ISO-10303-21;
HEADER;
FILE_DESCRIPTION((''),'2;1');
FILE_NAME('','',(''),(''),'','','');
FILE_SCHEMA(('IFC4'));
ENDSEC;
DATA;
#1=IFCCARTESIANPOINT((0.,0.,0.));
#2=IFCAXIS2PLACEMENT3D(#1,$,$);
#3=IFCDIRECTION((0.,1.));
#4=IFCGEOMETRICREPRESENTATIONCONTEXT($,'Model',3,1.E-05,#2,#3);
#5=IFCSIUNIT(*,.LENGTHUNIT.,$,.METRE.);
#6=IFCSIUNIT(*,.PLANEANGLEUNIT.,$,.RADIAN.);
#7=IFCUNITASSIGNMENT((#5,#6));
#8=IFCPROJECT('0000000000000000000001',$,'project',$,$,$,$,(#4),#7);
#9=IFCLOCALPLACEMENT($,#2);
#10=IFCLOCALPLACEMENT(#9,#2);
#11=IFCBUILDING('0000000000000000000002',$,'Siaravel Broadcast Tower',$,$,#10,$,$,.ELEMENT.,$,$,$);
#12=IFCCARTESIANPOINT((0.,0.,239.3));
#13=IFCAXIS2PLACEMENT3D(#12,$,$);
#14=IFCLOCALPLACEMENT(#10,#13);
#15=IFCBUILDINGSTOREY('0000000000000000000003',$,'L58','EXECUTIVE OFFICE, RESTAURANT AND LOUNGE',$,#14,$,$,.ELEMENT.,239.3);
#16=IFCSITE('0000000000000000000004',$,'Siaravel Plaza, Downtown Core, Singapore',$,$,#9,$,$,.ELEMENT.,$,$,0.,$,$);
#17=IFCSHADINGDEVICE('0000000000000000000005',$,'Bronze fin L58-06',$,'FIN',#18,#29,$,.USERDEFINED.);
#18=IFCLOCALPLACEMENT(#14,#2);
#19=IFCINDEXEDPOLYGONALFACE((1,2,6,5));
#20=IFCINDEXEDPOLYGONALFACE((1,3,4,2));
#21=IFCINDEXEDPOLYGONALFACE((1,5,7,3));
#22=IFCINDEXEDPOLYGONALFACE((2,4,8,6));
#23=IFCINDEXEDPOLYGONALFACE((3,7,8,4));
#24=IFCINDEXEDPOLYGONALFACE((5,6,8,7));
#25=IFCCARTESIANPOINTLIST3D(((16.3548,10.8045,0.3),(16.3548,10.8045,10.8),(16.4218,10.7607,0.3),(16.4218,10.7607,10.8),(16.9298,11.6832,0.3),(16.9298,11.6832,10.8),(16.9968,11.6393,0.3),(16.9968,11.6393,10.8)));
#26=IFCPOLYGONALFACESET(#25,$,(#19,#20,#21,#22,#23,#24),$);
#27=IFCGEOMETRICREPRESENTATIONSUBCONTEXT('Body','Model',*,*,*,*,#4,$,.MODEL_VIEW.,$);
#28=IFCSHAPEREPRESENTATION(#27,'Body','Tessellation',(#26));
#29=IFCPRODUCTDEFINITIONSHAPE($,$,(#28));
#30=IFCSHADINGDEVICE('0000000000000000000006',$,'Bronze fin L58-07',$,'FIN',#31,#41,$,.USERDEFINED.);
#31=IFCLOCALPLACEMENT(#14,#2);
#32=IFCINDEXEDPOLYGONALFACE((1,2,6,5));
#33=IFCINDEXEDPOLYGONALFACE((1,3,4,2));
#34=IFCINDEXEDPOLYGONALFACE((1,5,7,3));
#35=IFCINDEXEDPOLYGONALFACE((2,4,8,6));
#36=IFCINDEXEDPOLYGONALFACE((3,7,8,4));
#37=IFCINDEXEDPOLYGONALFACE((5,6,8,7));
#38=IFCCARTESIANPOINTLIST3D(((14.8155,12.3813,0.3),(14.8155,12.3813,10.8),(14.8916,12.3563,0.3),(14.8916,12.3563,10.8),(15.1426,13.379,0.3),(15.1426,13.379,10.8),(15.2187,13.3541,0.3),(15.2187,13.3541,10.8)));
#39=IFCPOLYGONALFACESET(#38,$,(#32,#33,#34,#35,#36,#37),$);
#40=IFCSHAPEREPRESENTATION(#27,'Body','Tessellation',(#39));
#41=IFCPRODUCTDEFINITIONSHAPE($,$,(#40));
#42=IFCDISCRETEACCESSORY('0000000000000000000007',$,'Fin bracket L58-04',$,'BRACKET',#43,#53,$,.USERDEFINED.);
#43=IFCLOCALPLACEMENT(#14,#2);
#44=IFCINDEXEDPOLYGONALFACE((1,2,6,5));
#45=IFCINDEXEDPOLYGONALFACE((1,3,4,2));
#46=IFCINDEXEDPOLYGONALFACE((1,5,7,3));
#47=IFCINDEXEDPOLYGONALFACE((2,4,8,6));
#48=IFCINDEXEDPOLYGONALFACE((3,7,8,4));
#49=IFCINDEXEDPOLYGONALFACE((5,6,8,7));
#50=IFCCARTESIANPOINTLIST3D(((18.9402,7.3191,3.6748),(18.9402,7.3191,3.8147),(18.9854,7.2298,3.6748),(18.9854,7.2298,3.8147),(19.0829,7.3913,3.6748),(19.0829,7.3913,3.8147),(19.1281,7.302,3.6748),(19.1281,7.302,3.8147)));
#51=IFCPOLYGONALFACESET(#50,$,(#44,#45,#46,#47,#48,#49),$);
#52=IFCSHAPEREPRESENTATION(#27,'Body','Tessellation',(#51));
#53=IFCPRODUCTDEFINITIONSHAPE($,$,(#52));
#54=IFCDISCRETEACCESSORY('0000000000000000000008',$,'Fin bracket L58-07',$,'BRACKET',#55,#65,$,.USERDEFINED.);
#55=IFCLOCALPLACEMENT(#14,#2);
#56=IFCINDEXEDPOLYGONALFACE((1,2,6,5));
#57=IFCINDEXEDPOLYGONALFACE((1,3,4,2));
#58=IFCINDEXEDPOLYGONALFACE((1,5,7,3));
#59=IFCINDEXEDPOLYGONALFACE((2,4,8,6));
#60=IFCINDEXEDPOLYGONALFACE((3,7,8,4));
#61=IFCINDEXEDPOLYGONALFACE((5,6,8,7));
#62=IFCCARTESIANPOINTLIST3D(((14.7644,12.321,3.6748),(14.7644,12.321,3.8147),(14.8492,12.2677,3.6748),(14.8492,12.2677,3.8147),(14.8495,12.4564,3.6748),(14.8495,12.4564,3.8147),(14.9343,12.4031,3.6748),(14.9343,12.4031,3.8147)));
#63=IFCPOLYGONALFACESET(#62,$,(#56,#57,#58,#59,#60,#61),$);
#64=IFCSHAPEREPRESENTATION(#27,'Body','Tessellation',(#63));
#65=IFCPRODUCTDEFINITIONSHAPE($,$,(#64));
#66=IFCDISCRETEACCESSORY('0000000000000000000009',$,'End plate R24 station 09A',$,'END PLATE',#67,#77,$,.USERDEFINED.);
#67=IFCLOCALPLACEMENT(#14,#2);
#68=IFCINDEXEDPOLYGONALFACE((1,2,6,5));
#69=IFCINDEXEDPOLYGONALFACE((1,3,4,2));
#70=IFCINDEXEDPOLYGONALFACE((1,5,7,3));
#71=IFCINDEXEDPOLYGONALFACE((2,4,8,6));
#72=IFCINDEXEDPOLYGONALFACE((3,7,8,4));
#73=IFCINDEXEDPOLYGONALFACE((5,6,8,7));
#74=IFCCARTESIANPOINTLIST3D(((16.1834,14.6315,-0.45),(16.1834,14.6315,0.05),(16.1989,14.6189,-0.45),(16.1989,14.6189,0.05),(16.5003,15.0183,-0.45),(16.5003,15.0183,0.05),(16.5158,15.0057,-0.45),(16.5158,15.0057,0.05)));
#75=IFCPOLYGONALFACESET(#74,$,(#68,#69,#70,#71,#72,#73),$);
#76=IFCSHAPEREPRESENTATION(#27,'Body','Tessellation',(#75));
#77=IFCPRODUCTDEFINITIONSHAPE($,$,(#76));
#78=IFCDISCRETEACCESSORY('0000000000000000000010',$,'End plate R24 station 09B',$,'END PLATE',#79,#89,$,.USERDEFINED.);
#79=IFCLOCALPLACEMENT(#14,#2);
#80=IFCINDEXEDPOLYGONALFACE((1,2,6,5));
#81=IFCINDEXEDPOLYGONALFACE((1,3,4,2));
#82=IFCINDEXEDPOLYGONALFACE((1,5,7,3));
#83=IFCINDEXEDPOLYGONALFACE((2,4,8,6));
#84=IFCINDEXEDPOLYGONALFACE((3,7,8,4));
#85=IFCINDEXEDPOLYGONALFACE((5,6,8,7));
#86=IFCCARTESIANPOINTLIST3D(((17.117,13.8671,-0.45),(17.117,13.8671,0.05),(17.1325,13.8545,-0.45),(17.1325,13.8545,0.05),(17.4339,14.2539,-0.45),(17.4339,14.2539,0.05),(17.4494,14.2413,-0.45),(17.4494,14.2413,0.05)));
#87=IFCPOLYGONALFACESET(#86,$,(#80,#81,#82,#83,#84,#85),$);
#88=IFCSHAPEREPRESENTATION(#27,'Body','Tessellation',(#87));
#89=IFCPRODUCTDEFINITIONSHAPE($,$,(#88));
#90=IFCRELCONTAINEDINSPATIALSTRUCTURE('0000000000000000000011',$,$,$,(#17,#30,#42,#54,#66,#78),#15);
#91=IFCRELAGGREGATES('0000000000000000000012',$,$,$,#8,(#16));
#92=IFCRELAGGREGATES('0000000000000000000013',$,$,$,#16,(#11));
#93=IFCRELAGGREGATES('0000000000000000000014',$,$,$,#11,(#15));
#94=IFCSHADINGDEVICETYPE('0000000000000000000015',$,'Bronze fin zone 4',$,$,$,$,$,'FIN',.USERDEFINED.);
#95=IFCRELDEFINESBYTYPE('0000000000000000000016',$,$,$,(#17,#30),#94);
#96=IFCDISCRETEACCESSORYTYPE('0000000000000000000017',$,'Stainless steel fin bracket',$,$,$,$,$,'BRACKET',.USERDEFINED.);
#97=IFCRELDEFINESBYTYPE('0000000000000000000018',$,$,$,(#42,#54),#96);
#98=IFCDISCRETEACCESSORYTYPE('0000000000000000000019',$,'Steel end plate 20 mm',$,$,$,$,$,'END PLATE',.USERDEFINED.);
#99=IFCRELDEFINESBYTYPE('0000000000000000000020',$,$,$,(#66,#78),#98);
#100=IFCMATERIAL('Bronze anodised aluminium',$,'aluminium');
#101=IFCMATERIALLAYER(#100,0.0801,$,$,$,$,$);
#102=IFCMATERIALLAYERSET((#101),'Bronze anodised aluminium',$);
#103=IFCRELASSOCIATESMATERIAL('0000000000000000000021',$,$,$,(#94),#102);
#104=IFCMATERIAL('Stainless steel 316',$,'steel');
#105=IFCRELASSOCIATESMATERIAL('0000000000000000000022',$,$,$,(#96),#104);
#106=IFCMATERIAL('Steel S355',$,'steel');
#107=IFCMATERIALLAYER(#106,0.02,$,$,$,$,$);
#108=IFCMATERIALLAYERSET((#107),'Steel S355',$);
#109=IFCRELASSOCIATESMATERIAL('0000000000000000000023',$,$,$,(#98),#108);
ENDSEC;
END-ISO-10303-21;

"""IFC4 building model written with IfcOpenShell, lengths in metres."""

from ifc_helpers import new_model, si_unit, direction, frame, origin, origin_2d, place, context, subcontext, project, spatial, rectangle, extrude, material, layer, layer_set, type_object, element, save


model = new_model("IFC4")

# Units and contexts
model_context = context("Model", 3, precision=1e-05, world=origin(), true_north=direction((0.0, 1.0)))
body_context = subcontext(model_context, "Body", "Model", "MODEL_VIEW")
ifc_project = project(units=[si_unit("LENGTHUNIT", "METRE"), si_unit("PLANEANGLEUNIT", "RADIAN")], contexts=[model_context])

# Site, building, storey
site_placement = place(None, origin())
site = spatial("IfcSite", under=ifc_project, at=site_placement, Name="Siaravel Plaza, Downtown Core, Singapore", CompositionType="ELEMENT", RefElevation=0.0)
building_placement = place(site_placement, origin())
building = spatial("IfcBuilding", under=site, at=building_placement, Name="Siaravel Broadcast Tower", CompositionType="ELEMENT")
storey_placement = place(building_placement, frame((0.0, 0.0, 239.3)))
storey = spatial("IfcBuildingStorey", under=building, at=storey_placement, Name="L58", Description="EXECUTIVE OFFICE, RESTAURANT AND LOUNGE", CompositionType="ELEMENT", Elevation=239.3)

# Shared definitions
ifc_material_1 = material(Name="Steel S355", Category="steel")

# Shading devices
ifc_material_2 = material(Name="Bronze anodised aluminium", Category="aluminium")
ifc_layer_1 = layer(ifc_material_2, 0.0801)
ifc_layer_set_1 = layer_set([ifc_layer_1], Name="Bronze anodised aluminium")
shading_device_type = type_object("IfcShadingDeviceType", Name="Bronze fin zone 4", ElementType="FIN", PredefinedType="USERDEFINED", material=ifc_layer_set_1)
for number, where, z_axis, x_axis, name in (
    (1, (16.6758, 11.2219, 0.3), (0.0, 0.0, 1.0), (0.547613, 0.836732, 0.0), "Bronze fin L58-06"),
    (2, (15.0171, 12.8677, 0.3), (0.0, 0.0, 1.0), (0.311544, 0.950232, 0.0), "Bronze fin L58-07"),
):
    element("IfcShadingDevice", number, at=place(storey_placement, frame(where, z_axis=z_axis, x_axis=x_axis)), inside=storey, type_object=shading_device_type, Name=name, ObjectType="FIN", PredefinedType="USERDEFINED", context=body_context, shape_type="SweptSolid", body=[
        extrude(rectangle(XDim=1.05, YDim=0.0801, at=origin_2d()), origin(), (0.0, 0.0, 1.0), 10.5),
    ])

# Discrete accessories
ifc_material_3 = material(Name="Stainless steel 316", Category="steel")
discrete_accessory_type_1 = type_object("IfcDiscreteAccessoryType", Name="Stainless steel fin bracket", ElementType="BRACKET", PredefinedType="USERDEFINED", material=ifc_material_3)
for number, where, z_axis, x_axis, name in (
    (3, (19.0342, 7.3105, 3.6748), (0.0, 0.0, 1.0), (0.892393, 0.451259, 0.0), "Fin bracket L58-04"),
    (4, (14.8494, 12.3621, 3.6748), (0.0, 0.0, 1.0), (0.532151, 0.84665, 0.0), "Fin bracket L58-07"),
):
    element("IfcDiscreteAccessory", number, at=place(storey_placement, frame(where, z_axis=z_axis, x_axis=x_axis)), inside=storey, type_object=discrete_accessory_type_1, Name=name, ObjectType="BRACKET", PredefinedType="USERDEFINED", context=body_context, shape_type="SweptSolid", body=[
        extrude(rectangle(XDim=0.1599, YDim=0.1001, at=origin_2d()), origin(), (0.0, 0.0, 1.0), 0.1399),
    ])
ifc_layer_2 = layer(ifc_material_1, 0.02)
ifc_layer_set_2 = layer_set([ifc_layer_2], Name="Steel S355")
discrete_accessory_type_2 = type_object("IfcDiscreteAccessoryType", Name="Steel end plate 20 mm", ElementType="END PLATE", PredefinedType="USERDEFINED", material=ifc_layer_set_2)
for number, where, z_axis, x_axis, name in (
    (5, (16.3496, 14.8186, -0.45), (0.0, 0.0, 1.0), (-0.773605, 0.633669, 0.0), "End plate R24 station 09A"),
    (6, (17.2832, 14.0542, -0.45), (0.0, 0.0, 1.0), (-0.773605, 0.633669, 0.0), "End plate R24 station 09B"),
):
    element("IfcDiscreteAccessory", number, at=place(storey_placement, frame(where, z_axis=z_axis, x_axis=x_axis)), inside=storey, type_object=discrete_accessory_type_2, Name=name, ObjectType="END PLATE", PredefinedType="USERDEFINED", context=body_context, shape_type="SweptSolid", body=[
        extrude(rectangle(XDim=0.02, YDim=0.5, at=origin_2d()), origin(), (0.0, 0.0, 1.0), 0.5),
    ])

save(model, "model.ifc")
